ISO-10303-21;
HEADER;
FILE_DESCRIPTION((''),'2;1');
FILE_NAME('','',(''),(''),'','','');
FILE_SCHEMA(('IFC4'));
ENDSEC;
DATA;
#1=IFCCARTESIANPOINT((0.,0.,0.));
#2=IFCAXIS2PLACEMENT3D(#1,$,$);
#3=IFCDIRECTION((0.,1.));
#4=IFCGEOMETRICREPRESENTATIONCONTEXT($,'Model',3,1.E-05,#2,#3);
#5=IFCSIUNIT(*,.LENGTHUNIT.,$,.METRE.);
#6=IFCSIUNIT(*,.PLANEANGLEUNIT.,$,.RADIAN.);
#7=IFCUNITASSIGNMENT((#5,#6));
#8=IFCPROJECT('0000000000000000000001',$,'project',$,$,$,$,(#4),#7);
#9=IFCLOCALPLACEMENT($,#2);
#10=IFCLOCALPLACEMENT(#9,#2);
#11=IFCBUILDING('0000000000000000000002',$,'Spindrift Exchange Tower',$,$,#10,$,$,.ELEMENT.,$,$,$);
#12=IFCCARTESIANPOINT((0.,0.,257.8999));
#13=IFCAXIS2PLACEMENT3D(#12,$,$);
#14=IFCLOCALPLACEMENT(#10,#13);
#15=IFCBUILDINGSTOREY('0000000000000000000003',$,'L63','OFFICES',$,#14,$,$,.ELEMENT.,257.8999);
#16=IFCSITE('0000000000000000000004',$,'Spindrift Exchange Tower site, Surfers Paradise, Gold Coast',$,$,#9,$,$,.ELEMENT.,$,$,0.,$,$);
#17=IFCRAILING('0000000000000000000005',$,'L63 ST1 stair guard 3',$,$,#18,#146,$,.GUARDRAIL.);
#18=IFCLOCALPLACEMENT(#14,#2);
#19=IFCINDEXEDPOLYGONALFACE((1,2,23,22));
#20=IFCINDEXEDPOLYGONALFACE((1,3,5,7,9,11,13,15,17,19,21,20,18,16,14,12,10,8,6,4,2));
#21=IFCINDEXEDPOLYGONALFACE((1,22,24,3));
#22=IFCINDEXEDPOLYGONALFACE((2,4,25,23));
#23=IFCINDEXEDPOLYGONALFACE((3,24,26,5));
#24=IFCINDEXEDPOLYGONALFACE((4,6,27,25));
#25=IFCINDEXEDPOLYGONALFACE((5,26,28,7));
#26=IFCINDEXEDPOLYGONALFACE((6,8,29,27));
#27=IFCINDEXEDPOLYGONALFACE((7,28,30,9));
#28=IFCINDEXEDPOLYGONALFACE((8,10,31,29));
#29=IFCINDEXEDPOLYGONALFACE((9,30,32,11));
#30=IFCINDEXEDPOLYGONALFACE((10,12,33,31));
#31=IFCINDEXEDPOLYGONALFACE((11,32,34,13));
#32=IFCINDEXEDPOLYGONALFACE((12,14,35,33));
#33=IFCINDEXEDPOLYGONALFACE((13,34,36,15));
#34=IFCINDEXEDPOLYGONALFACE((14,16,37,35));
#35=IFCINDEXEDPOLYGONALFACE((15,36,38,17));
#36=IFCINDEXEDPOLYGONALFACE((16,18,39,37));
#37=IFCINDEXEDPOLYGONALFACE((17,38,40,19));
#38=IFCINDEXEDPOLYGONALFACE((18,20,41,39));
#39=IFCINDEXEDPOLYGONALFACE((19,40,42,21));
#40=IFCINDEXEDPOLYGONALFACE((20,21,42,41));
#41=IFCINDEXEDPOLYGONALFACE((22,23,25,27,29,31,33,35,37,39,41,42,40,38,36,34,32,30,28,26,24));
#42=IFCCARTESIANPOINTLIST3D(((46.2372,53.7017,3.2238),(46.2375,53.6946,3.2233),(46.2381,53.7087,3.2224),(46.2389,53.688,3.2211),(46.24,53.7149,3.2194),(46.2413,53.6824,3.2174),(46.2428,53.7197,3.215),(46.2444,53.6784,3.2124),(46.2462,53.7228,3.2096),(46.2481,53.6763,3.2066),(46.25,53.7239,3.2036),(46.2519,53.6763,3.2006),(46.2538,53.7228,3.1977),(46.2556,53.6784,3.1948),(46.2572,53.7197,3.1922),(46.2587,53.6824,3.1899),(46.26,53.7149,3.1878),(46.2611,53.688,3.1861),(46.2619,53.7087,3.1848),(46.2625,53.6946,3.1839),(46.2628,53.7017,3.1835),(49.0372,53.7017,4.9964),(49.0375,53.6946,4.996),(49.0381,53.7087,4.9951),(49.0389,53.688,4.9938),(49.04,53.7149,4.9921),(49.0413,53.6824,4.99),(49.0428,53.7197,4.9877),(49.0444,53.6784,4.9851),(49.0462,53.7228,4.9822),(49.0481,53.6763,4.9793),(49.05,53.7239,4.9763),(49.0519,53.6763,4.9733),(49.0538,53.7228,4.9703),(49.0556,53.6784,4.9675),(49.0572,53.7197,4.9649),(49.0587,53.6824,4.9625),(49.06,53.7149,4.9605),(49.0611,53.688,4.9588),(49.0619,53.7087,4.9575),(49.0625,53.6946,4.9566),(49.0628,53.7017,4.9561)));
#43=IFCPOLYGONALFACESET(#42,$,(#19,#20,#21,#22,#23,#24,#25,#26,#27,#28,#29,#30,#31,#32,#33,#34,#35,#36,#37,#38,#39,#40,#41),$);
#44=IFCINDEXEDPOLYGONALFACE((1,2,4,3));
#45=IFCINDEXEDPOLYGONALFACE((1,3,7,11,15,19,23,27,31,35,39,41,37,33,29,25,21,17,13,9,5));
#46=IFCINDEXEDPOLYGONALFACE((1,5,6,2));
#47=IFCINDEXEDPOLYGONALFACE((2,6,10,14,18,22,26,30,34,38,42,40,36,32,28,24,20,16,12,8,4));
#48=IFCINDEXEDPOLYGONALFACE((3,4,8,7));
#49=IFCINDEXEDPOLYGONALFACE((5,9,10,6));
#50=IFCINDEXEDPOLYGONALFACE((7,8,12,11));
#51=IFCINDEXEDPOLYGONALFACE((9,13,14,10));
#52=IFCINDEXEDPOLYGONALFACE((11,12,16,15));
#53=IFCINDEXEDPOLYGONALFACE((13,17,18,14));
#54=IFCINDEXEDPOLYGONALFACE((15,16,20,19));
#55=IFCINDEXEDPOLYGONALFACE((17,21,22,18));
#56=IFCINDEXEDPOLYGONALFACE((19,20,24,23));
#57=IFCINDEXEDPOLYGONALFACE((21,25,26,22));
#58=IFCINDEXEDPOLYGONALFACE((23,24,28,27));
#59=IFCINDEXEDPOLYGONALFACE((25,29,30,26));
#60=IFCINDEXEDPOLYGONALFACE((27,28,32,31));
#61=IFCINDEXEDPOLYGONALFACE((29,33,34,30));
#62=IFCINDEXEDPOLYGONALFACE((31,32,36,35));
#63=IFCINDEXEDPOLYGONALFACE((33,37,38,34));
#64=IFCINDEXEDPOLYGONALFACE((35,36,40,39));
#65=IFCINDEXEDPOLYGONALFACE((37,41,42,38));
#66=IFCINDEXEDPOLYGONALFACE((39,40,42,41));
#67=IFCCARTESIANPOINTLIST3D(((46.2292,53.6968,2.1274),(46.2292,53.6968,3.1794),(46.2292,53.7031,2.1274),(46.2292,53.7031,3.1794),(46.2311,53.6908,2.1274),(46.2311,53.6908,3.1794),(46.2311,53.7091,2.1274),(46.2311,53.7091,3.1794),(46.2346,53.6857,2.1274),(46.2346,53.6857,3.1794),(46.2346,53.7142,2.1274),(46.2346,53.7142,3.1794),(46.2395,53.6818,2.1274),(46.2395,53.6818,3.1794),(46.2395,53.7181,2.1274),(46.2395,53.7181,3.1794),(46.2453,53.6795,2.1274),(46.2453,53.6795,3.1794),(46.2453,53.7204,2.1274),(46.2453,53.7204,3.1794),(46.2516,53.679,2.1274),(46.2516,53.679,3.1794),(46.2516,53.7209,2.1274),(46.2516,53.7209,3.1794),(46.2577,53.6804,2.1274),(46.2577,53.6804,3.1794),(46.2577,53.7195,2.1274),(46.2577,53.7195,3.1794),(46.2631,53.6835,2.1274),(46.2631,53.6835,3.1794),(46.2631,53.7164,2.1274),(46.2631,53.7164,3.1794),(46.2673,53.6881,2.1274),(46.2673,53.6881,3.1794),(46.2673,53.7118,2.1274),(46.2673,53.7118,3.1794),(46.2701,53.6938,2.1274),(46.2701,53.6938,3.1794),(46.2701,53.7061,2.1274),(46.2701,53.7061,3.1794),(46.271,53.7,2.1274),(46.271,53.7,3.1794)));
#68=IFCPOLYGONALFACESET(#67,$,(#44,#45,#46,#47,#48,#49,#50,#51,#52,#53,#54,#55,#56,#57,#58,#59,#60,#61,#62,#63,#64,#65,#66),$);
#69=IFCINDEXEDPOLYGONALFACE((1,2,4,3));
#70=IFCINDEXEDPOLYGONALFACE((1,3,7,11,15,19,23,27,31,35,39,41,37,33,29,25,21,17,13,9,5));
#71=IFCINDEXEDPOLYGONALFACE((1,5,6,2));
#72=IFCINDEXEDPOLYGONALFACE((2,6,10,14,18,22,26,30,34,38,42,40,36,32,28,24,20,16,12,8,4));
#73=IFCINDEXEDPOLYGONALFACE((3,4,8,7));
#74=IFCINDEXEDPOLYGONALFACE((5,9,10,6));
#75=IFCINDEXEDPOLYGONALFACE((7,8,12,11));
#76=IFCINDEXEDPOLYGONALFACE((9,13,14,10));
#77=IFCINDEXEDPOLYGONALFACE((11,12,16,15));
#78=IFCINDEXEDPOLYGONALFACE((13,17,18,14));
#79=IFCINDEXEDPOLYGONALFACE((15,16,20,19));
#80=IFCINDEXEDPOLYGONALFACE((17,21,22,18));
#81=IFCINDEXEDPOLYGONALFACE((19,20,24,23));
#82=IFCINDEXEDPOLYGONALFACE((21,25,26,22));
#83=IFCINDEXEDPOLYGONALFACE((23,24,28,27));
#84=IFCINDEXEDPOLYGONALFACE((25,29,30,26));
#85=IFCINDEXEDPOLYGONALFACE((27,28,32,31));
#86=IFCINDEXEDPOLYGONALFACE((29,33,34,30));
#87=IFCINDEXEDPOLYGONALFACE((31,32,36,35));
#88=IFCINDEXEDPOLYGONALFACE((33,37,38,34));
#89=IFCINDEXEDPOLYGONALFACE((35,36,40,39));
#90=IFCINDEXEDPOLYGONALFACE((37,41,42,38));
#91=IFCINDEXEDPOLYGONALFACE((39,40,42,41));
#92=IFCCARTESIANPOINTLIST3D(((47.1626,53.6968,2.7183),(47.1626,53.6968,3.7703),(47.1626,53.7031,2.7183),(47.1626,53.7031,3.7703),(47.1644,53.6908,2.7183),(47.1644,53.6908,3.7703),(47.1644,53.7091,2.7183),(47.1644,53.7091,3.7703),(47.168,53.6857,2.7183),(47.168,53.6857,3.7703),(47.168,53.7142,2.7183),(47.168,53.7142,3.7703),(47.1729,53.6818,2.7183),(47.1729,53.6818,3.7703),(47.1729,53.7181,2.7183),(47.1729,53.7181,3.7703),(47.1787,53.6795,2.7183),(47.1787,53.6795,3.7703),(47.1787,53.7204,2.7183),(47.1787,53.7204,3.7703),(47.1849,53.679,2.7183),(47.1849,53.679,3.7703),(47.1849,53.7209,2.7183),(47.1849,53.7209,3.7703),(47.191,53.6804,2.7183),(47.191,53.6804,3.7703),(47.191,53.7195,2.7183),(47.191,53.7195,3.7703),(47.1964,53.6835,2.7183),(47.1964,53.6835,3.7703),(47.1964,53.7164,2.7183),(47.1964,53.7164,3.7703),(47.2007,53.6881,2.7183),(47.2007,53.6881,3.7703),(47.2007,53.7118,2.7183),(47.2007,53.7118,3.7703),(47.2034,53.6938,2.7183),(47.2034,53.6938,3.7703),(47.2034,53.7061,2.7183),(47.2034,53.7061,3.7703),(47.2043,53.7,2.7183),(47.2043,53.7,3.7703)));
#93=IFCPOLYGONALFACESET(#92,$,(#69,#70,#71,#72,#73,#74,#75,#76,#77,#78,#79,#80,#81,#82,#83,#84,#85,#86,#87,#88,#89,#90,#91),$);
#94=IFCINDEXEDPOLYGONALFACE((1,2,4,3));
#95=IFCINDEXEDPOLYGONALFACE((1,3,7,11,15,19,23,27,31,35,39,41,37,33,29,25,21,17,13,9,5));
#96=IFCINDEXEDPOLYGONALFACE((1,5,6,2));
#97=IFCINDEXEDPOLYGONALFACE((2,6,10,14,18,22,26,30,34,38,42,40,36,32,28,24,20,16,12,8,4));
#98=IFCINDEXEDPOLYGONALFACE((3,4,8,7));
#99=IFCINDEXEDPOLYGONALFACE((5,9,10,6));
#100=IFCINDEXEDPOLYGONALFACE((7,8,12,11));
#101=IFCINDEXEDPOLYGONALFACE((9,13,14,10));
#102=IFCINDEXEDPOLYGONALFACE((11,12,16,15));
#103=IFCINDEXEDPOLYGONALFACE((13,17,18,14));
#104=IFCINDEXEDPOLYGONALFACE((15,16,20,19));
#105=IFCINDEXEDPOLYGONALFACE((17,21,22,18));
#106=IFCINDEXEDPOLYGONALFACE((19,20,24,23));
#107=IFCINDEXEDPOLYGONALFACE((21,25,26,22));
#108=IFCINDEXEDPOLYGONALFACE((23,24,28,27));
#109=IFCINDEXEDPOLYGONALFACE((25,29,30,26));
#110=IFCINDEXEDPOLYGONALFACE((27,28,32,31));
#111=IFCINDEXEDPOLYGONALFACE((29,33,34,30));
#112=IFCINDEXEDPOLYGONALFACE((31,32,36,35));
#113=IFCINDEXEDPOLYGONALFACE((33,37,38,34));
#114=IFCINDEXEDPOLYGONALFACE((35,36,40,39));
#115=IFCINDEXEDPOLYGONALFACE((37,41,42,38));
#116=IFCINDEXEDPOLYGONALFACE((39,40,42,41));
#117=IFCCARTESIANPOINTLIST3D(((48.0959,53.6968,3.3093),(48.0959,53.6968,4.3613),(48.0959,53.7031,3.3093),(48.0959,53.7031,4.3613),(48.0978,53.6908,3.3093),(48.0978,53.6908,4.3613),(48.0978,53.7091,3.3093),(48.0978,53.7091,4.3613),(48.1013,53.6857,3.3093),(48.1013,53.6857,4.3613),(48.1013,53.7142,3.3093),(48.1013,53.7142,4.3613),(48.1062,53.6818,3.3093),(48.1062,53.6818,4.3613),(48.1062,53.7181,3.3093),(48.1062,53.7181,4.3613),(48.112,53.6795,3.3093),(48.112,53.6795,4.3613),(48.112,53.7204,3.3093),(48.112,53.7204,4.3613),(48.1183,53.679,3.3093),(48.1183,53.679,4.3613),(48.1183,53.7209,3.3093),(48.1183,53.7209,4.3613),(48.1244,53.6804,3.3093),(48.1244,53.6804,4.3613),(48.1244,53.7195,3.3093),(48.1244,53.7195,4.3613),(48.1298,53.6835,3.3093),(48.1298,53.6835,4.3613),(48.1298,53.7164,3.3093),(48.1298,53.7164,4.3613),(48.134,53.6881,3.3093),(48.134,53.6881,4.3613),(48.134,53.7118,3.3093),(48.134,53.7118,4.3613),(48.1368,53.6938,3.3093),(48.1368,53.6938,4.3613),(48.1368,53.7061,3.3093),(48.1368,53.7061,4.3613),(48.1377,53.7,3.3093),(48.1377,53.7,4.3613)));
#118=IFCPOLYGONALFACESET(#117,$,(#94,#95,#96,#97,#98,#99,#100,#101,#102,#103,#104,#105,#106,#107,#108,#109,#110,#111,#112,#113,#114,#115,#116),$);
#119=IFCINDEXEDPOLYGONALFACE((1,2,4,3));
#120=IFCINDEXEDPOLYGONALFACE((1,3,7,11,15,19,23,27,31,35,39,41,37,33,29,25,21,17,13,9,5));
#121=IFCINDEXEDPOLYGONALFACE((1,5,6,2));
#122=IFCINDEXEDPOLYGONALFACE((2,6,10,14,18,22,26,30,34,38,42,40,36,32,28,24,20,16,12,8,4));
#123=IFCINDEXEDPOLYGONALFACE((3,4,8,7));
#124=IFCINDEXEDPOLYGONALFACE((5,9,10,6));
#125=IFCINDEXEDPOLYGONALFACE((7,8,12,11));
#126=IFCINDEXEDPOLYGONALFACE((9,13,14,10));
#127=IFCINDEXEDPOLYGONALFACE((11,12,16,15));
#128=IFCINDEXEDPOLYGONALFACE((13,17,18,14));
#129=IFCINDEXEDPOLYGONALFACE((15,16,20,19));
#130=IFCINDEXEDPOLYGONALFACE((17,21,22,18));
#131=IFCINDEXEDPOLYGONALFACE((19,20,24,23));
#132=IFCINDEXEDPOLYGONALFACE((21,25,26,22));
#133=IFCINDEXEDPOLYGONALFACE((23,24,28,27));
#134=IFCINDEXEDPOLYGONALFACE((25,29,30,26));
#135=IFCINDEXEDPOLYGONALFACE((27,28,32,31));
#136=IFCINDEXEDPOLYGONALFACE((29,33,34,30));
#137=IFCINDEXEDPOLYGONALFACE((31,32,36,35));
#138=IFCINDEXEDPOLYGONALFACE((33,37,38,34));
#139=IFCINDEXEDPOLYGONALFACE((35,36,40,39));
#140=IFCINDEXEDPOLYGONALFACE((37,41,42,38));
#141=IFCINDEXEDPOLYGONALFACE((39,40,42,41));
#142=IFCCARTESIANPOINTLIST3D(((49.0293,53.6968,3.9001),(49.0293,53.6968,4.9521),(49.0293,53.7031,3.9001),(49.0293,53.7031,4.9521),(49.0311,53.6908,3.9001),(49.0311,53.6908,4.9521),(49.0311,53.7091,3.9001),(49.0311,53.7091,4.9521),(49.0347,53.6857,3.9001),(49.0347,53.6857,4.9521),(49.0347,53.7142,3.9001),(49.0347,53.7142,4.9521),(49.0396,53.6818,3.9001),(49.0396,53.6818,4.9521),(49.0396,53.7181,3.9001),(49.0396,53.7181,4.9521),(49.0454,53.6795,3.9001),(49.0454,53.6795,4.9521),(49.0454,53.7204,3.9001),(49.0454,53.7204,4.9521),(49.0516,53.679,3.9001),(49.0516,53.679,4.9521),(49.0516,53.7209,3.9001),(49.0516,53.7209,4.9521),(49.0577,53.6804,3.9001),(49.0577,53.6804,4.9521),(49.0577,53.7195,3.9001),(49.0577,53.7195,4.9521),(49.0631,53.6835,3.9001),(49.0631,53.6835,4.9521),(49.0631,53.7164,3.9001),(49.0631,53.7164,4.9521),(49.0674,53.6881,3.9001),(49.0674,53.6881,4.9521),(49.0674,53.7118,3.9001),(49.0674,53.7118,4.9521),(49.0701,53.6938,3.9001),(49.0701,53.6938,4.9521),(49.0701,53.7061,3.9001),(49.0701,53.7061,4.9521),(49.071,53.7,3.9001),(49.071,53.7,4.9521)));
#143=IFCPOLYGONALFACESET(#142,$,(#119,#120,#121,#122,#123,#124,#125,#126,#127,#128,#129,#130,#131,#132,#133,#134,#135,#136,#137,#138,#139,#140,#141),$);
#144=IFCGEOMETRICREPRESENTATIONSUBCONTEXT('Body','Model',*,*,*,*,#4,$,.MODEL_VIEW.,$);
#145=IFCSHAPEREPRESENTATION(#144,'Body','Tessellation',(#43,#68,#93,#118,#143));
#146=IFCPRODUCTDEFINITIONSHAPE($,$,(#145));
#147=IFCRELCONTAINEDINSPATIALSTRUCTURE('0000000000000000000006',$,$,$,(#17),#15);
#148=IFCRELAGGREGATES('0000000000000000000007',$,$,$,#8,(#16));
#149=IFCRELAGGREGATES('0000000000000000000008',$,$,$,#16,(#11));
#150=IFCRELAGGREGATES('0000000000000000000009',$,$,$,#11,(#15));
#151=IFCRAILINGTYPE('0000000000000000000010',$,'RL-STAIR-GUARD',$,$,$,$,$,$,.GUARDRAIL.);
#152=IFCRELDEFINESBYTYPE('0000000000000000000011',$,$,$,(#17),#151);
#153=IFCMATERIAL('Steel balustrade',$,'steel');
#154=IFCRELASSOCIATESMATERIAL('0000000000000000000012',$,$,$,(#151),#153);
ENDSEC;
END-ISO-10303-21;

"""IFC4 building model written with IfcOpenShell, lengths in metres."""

from ifc_helpers import new_model, si_unit, direction, frame, origin, origin_2d, place, context, subcontext, project, spatial, circle, extrude, material, type_object, element, save


model = new_model("IFC4")

# Units and contexts
model_context = context("Model", 3, precision=1e-05, world=origin(), true_north=direction((0.0, 1.0)))
body_context = subcontext(model_context, "Body", "Model", "MODEL_VIEW")
ifc_project = project(units=[si_unit("LENGTHUNIT", "METRE"), si_unit("PLANEANGLEUNIT", "RADIAN")], contexts=[model_context])

# Site, building, storey
site_placement = place(None, origin())
site = spatial("IfcSite", under=ifc_project, at=site_placement, Name="Spindrift Exchange Tower site, Surfers Paradise, Gold Coast", CompositionType="ELEMENT", RefElevation=0.0)
building_placement = place(site_placement, origin())
building = spatial("IfcBuilding", under=site, at=building_placement, Name="Spindrift Exchange Tower", CompositionType="ELEMENT")
storey_placement = place(building_placement, frame((0.0, 0.0, 257.8999)))
storey = spatial("IfcBuildingStorey", under=building, at=storey_placement, Name="L63", Description="OFFICES", CompositionType="ELEMENT", Elevation=257.8999)

# Railing
ifc_material_1 = material(Name="Steel balustrade", Category="steel")
railing_type_1 = type_object("IfcRailingType", Name="RL-STAIR-GUARD", PredefinedType="GUARDRAIL", material=ifc_material_1)
railing_1_placement = place(storey_placement, frame((46.25, 53.7, 2.1274)))
element("IfcRailing", 1, at=railing_1_placement, inside=storey, type_object=railing_type_1, Name="L63 ST1 stair guard 3", PredefinedType="GUARDRAIL", context=body_context, shape_type="SweptSolid", body=[
    extrude(circle(Radius=0.0239, at=origin_2d()), frame((0.0, 0.0, 1.0762), z_axis=(0.844909, 0.0, 0.53491), x_axis=(0.0, 1.0, 0.0)), (0.0, 0.0, 1.0), 3.314),
    extrude(circle(Radius=0.021, at=origin_2d()), origin(), (0.0, 0.0, 1.0), 1.052),
    extrude(circle(Radius=0.021, at=origin_2d()), frame((0.9333, 0.0, 0.5908)), (0.0, 0.0, 1.0), 1.052),
    extrude(circle(Radius=0.021, at=origin_2d()), frame((1.8667, 0.0, 1.1819)), (0.0, 0.0, 1.0), 1.052),
    extrude(circle(Radius=0.021, at=origin_2d()), frame((2.8, 0.0, 1.7727)), (0.0, 0.0, 1.0), 1.052),
])

save(model, "model.ifc")
